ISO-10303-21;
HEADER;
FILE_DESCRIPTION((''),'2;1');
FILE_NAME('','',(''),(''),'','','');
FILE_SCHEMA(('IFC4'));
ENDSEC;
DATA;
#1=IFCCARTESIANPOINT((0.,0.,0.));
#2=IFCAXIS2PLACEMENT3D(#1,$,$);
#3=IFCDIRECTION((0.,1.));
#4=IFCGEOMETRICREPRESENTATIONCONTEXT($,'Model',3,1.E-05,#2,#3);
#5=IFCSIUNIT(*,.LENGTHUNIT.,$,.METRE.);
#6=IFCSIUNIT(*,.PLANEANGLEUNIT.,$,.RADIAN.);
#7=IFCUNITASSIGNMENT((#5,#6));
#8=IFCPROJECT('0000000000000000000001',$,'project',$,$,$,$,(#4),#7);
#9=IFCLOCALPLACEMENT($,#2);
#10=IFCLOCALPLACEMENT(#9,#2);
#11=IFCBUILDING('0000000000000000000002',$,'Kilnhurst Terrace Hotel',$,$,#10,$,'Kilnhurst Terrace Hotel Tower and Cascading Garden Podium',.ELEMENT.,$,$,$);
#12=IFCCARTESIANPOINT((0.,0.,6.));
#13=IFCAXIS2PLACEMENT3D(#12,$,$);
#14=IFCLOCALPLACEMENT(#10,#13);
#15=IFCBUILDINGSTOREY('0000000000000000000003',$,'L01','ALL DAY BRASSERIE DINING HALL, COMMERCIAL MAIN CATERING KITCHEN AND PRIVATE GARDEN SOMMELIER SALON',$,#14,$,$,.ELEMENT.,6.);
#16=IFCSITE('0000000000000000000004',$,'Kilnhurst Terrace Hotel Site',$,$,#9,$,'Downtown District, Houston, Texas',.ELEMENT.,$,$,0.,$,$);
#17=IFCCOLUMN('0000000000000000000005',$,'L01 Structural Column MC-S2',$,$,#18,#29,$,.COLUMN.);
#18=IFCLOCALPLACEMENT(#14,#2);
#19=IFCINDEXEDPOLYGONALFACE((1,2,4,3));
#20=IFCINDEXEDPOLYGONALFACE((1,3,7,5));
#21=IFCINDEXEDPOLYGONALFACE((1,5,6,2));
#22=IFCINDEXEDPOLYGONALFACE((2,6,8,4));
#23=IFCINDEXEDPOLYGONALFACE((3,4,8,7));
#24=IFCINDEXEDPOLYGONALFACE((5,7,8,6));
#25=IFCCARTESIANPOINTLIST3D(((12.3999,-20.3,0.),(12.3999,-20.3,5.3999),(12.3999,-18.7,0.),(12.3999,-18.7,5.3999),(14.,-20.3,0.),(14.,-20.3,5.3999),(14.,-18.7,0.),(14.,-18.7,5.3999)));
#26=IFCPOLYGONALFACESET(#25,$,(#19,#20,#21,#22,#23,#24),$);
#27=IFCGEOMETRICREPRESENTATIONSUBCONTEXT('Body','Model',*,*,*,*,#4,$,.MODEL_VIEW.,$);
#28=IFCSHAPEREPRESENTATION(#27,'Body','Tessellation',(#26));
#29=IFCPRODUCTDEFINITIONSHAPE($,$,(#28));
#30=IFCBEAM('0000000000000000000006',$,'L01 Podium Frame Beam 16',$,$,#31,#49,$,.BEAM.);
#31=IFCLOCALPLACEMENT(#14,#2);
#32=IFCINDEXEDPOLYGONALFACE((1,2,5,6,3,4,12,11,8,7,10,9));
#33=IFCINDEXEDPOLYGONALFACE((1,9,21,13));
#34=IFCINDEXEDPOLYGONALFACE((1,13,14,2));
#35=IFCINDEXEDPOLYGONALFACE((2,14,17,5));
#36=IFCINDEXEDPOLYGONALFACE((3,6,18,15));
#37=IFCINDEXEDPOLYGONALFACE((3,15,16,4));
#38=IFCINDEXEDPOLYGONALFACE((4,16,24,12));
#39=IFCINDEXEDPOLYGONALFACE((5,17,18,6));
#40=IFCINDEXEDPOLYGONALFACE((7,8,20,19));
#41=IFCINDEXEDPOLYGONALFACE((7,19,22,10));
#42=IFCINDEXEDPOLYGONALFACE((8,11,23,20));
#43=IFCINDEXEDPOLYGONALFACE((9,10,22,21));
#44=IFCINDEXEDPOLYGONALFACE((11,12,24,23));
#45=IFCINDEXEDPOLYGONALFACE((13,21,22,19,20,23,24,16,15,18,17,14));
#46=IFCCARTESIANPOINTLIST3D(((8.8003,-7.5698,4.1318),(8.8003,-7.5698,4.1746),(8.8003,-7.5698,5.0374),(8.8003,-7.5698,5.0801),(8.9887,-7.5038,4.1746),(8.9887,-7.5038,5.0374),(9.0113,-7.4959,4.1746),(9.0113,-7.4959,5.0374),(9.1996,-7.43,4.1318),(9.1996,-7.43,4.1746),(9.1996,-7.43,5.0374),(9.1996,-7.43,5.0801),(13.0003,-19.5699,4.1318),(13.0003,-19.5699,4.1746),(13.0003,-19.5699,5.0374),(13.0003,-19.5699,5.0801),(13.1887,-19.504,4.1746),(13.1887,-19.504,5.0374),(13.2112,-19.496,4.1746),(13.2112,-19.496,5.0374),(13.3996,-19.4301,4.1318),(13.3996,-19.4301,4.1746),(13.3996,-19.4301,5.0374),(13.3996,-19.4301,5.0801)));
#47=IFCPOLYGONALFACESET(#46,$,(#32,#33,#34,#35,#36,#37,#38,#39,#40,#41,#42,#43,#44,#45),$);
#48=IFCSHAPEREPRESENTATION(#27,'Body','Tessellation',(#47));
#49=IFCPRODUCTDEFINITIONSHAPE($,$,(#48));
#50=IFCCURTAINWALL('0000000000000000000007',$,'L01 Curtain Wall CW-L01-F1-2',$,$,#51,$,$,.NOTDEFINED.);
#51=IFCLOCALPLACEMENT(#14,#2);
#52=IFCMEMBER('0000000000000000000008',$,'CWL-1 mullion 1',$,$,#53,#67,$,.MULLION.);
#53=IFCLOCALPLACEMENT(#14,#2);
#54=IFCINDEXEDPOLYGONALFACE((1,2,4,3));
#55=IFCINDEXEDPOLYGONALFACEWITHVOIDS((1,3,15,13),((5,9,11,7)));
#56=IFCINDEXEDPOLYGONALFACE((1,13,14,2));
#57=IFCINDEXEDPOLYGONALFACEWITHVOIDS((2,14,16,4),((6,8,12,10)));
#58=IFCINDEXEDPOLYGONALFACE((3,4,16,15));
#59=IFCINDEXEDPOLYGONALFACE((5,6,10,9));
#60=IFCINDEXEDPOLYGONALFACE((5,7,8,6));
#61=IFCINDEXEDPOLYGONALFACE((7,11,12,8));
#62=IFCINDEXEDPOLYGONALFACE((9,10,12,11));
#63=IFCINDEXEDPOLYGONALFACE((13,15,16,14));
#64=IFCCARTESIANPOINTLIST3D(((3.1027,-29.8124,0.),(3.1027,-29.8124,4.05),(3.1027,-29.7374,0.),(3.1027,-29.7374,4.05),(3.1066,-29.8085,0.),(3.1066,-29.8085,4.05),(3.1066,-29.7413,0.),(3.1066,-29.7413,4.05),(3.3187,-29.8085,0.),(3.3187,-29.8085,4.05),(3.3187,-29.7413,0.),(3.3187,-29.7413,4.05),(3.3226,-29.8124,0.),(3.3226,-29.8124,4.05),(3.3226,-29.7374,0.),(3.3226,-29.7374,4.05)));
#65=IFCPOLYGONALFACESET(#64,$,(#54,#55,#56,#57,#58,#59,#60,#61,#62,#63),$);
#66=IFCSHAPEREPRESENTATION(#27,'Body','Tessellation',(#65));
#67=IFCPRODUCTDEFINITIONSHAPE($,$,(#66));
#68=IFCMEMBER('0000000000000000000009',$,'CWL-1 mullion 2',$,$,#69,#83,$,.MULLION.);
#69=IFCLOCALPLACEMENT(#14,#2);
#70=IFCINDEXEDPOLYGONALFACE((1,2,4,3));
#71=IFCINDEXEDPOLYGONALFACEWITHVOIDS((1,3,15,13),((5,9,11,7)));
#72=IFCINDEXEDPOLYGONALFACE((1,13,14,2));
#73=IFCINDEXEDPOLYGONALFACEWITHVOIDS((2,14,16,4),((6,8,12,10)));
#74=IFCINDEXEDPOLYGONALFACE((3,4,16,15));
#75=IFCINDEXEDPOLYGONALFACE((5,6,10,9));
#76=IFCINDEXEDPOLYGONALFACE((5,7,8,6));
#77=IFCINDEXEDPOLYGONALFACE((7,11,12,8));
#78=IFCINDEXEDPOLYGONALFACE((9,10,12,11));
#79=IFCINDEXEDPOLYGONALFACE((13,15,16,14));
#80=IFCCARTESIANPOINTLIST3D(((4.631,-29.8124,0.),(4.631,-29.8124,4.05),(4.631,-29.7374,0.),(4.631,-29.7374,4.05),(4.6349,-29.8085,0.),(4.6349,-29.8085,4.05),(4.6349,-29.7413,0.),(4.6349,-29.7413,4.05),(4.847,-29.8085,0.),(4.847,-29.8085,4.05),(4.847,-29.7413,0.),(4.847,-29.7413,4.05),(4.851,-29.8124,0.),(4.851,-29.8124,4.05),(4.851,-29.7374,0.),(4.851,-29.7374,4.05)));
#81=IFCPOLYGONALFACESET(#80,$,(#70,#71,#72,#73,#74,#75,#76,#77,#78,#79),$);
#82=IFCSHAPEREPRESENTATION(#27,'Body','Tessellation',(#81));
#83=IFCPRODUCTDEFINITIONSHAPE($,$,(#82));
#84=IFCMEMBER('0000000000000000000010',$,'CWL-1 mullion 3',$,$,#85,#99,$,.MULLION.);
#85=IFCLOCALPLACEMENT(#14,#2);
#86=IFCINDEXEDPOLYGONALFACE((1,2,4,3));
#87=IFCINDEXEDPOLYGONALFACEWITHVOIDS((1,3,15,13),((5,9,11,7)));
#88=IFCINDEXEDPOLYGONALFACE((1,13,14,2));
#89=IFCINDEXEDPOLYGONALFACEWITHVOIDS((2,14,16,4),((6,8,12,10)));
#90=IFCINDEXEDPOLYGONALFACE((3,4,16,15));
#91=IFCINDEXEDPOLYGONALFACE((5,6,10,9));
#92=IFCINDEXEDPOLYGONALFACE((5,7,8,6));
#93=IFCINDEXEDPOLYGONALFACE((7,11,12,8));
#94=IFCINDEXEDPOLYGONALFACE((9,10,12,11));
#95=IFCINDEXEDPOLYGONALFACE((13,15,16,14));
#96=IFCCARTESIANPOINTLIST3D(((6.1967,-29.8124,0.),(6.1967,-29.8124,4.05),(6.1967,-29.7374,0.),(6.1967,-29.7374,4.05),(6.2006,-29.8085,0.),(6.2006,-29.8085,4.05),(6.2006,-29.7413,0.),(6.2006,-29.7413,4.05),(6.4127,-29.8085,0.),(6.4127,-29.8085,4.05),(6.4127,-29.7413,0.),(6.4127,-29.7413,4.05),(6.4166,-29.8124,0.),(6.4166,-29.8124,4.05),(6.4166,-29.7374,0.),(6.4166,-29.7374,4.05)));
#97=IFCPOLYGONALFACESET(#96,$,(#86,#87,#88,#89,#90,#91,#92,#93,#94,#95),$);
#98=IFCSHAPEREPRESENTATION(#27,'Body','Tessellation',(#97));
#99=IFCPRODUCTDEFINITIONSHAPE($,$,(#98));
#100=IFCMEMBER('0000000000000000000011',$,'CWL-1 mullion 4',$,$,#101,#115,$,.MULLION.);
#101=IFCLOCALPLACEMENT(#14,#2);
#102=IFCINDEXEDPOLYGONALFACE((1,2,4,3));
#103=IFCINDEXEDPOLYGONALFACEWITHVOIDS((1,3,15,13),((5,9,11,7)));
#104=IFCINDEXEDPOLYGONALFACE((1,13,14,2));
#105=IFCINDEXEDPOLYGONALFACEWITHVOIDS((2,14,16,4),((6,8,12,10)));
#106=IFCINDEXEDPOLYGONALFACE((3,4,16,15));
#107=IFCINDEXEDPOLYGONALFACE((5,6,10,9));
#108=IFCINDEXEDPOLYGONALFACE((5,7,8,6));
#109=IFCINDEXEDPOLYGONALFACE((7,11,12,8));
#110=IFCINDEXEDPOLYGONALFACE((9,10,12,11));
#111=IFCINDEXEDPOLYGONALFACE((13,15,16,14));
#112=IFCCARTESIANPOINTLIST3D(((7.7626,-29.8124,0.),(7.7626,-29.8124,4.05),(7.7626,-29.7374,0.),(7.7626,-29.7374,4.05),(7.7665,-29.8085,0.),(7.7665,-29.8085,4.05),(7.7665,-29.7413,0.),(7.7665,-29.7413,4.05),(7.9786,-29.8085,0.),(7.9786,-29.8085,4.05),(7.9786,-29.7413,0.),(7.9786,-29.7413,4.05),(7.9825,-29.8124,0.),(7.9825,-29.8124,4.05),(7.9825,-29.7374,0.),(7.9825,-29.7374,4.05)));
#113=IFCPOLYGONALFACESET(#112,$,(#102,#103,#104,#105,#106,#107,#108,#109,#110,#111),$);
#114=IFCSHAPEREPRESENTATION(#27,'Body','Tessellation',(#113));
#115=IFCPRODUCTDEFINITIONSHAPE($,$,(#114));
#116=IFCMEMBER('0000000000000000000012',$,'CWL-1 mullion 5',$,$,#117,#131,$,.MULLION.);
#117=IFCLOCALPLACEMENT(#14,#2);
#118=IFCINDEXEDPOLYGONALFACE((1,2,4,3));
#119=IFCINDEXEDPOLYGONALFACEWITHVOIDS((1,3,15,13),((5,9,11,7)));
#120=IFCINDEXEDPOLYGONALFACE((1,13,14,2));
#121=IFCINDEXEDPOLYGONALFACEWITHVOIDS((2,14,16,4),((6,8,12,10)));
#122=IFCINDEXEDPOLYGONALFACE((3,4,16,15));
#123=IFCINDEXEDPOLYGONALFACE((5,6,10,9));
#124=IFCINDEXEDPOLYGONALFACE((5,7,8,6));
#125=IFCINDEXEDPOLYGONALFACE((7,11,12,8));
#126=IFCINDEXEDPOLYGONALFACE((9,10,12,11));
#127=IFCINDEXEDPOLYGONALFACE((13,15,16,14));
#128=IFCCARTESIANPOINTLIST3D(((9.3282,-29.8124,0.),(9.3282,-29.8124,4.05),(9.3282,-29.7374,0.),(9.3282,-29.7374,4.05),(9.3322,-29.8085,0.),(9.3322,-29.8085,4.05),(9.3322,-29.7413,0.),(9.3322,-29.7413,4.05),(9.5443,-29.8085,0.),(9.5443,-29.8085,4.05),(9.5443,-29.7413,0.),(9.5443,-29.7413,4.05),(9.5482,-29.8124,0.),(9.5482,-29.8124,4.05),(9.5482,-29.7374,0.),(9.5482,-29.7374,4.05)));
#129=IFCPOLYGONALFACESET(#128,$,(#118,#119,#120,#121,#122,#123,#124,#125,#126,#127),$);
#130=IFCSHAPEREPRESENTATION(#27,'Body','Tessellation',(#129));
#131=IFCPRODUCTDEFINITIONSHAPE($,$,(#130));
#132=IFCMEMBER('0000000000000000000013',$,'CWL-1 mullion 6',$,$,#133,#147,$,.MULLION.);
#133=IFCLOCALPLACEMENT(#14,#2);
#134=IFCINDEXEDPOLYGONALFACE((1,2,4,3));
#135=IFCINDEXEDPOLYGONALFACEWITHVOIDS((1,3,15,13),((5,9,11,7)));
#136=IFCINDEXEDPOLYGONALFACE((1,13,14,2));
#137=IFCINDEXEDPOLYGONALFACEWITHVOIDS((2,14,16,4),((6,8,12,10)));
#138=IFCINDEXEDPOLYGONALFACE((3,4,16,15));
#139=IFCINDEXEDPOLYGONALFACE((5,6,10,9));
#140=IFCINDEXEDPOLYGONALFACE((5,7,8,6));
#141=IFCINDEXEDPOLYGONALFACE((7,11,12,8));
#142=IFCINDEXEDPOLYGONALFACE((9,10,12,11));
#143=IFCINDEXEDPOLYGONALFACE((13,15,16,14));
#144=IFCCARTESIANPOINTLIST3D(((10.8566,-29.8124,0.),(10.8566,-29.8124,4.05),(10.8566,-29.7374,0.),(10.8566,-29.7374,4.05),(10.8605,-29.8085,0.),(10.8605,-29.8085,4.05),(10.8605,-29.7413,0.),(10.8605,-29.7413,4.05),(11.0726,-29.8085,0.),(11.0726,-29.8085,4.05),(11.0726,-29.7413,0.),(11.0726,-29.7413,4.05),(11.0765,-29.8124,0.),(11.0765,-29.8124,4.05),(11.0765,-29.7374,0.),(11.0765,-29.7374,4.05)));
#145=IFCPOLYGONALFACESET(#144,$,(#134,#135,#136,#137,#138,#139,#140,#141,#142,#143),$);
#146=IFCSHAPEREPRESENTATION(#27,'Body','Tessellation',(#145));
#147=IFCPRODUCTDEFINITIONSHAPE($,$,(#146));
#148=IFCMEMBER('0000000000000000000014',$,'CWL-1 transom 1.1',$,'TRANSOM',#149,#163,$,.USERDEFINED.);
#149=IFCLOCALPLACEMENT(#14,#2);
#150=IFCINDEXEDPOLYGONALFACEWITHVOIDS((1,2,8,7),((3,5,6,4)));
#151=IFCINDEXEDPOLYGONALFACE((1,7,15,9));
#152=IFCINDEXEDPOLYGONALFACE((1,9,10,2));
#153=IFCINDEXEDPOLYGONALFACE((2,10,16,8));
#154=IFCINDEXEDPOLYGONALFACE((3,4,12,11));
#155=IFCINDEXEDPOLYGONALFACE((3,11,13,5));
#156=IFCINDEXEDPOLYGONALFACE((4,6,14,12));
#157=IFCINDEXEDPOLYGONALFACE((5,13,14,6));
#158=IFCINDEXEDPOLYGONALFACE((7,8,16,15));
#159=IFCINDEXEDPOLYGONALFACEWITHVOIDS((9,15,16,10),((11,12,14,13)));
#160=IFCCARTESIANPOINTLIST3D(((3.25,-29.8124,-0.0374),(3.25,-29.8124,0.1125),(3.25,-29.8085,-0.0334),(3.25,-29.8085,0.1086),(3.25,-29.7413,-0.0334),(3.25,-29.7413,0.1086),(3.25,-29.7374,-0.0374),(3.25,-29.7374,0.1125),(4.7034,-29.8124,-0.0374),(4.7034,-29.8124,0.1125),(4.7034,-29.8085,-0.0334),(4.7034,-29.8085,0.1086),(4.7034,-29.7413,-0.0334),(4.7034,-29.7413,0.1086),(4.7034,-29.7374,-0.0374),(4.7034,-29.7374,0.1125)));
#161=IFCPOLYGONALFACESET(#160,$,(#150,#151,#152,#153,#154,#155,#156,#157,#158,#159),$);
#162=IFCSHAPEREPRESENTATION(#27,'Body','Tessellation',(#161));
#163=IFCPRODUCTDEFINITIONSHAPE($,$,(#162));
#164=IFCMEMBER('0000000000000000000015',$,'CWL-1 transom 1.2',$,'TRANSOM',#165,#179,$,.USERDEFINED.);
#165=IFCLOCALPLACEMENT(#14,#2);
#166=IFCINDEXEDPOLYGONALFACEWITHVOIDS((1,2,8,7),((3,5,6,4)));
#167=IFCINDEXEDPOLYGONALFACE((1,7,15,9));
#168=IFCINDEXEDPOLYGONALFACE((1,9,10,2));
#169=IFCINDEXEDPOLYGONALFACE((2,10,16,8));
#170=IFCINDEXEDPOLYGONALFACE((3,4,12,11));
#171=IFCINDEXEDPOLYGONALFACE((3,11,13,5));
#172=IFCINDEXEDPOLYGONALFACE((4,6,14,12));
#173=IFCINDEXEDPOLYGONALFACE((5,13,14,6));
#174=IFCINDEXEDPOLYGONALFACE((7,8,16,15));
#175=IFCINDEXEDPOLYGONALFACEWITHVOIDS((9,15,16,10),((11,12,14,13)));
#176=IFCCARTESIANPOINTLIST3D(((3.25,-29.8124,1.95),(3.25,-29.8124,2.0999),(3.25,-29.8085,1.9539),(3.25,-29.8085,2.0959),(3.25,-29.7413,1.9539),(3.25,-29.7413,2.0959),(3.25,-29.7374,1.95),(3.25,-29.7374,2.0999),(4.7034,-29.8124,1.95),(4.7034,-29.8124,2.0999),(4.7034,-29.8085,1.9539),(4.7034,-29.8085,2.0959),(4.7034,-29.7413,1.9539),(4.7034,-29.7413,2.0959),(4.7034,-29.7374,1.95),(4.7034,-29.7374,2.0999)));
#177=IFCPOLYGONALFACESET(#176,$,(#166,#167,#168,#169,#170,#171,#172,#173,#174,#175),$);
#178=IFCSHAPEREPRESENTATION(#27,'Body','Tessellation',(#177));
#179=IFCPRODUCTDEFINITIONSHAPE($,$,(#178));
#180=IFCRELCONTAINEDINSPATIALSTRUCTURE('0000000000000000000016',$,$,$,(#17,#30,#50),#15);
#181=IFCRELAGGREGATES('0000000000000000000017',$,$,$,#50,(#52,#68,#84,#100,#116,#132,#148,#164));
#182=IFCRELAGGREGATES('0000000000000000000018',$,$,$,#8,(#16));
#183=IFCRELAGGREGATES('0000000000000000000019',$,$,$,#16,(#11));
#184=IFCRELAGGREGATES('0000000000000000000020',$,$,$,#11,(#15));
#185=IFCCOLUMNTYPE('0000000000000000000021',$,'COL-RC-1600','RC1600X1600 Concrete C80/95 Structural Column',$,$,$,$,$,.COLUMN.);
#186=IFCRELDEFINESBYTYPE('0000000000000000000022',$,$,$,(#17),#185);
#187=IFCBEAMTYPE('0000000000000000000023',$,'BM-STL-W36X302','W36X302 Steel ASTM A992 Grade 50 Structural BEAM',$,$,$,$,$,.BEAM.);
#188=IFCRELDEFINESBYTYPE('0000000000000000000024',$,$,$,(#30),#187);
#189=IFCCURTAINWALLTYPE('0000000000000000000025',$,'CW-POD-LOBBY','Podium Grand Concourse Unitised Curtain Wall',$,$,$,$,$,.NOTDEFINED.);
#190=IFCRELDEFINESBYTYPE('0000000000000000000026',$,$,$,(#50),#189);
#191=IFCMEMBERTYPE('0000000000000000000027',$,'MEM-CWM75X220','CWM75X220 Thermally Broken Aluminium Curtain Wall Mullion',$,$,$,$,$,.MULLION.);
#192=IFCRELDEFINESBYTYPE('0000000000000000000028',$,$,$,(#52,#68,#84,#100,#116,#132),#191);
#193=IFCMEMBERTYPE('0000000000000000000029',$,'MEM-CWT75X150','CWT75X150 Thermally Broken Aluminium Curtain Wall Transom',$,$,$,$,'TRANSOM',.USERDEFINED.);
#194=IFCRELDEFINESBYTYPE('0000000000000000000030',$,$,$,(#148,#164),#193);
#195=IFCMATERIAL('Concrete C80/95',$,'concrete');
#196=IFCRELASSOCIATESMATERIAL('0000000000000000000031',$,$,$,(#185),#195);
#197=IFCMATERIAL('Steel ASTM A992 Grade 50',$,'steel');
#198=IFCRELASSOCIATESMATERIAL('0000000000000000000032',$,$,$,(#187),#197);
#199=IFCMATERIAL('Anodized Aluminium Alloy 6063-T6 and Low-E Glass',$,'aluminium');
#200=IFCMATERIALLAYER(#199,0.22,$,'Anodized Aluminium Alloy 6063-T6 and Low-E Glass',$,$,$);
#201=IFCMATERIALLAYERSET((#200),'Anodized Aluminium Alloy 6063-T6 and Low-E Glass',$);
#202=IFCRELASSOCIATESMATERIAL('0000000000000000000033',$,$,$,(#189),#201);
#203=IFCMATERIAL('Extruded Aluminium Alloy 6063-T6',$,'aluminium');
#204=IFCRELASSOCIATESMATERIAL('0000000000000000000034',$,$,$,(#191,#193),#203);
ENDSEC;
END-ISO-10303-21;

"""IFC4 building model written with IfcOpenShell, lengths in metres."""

from ifc_helpers import new_model, si_unit, direction, frame, origin, origin_2d, place, context, subcontext, project, spatial, rectangle, hollow_rectangle, i_section, extrude, material, layer, layer_set, material_profile, profile_set, type_object, element, aggregate, save


model = new_model("IFC4")

# Units and contexts
model_context = context("Model", 3, precision=1e-05, world=origin(), true_north=direction((0.0, 1.0)))
body_context = subcontext(model_context, "Body", "Model", "MODEL_VIEW")
ifc_project = project(units=[si_unit("LENGTHUNIT", "METRE"), si_unit("PLANEANGLEUNIT", "RADIAN")], contexts=[model_context])

# Site, building, storey
site_placement = place(None, origin())
site = spatial("IfcSite", under=ifc_project, at=site_placement, Name="Kilnhurst Terrace Hotel Site", LongName="Downtown District, Houston, Texas", CompositionType="ELEMENT", RefElevation=0.0)
building_placement = place(site_placement, origin())
building = spatial("IfcBuilding", under=site, at=building_placement, Name="Kilnhurst Terrace Hotel", LongName="Kilnhurst Terrace Hotel Tower and Cascading Garden Podium", CompositionType="ELEMENT")
storey_placement = place(building_placement, frame((0.0, 0.0, 6.0)))
storey = spatial("IfcBuildingStorey", under=building, at=storey_placement, Name="L01", Description="ALL DAY BRASSERIE DINING HALL, COMMERCIAL MAIN CATERING KITCHEN AND PRIVATE GARDEN SOMMELIER SALON", CompositionType="ELEMENT", Elevation=6.0)

# Column
ifc_material_1 = material(Name="Concrete C80/95", Category="concrete")
ifc_material_profile_1 = material_profile(ifc_material_1, rectangle(XDim=1.6001, YDim=1.6001, at=origin_2d()), Name="RC1600X1600")
ifc_profile_set_1 = profile_set([ifc_material_profile_1], Name="Concrete C80/95")
column_type = type_object("IfcColumnType", Name="COL-RC-1600", Description="RC1600X1600 Concrete C80/95 Structural Column", PredefinedType="COLUMN", material=ifc_profile_set_1)
column_placement = place(storey_placement, frame((13.2, -19.5, 0.0), z_axis=(0.0, 0.0, 1.0), x_axis=(1.0, 0.0, 0.0)))
element("IfcColumn", 1, at=column_placement, inside=storey, type_object=column_type, Name="L01 Structural Column MC-S2", PredefinedType="COLUMN", context=body_context, shape_type="SweptSolid", body=[
    extrude(rectangle(XDim=1.6001, YDim=1.6001, at=origin_2d()), origin(), (0.0, 0.0, 1.0), 5.3999),
])

# Beam
ifc_material_2 = material(Name="Steel ASTM A992 Grade 50", Category="steel")
ifc_material_profile_2 = material_profile(ifc_material_2, i_section(OverallWidth=0.4231, OverallDepth=0.9482, WebThickness=0.0239, FlangeThickness=0.0427, at=origin_2d()), Name="W36X302")
ifc_profile_set_2 = profile_set([ifc_material_profile_2], Name="Steel ASTM A992 Grade 50")
beam_type = type_object("IfcBeamType", Name="BM-STL-W36X302", Description="W36X302 Steel ASTM A992 Grade 50 Structural BEAM", PredefinedType="BEAM", material=ifc_profile_set_2)
beam_placement = place(storey_placement, frame((13.2, -19.5, 4.606), z_axis=(-0.330347, 0.94386, 0.0), x_axis=(-0.94386, -0.330347, 0.0)))
element("IfcBeam", 2, at=beam_placement, inside=storey, type_object=beam_type, Name="L01 Podium Frame Beam 16", PredefinedType="BEAM", context=body_context, shape_type="SweptSolid", body=[
    extrude(i_section(OverallWidth=0.4231, OverallDepth=0.9482, WebThickness=0.0239, FlangeThickness=0.0427, at=origin_2d()), origin(), (0.0, 0.0, 1.0), 12.7139),
])

# Curtain wall, members
ifc_material_3 = material(Name="Anodized Aluminium Alloy 6063-T6 and Low-E Glass", Category="aluminium")
ifc_layer_1 = layer(ifc_material_3, 0.22, Name="Anodized Aluminium Alloy 6063-T6 and Low-E Glass")
ifc_layer_set_1 = layer_set([ifc_layer_1], Name="Anodized Aluminium Alloy 6063-T6 and Low-E Glass")
curtain_wall_type = type_object("IfcCurtainWallType", Name="CW-POD-LOBBY", Description="Podium Grand Concourse Unitised Curtain Wall", PredefinedType="NOTDEFINED", material=ifc_layer_set_1)
curtain_wall_placement = place(storey_placement, origin())
curtain_wall = element("IfcCurtainWall", 3, at=curtain_wall_placement, inside=storey, type_object=curtain_wall_type, Name="L01 Curtain Wall CW-L01-F1-2", PredefinedType="NOTDEFINED")
ifc_material_4 = material(Name="Extruded Aluminium Alloy 6063-T6", Category="aluminium")
ifc_material_profile_3 = material_profile(ifc_material_4, hollow_rectangle(XDim=0.075, YDim=0.22, WallThickness=0.0039, at=origin_2d()), Name="CWM75X220")
ifc_profile_set_3 = profile_set([ifc_material_profile_3], Name="Extruded Aluminium Alloy 6063-T6")
member_type_1 = type_object("IfcMemberType", Name="MEM-CWM75X220", Description="CWM75X220 Thermally Broken Aluminium Curtain Wall Mullion", PredefinedType="MULLION", material=ifc_profile_set_3)
member_1_placement = place(storey_placement, frame((3.2126, -29.7749, 0.0), z_axis=(0.0, 0.0, 1.0), x_axis=(0.0, 1.0, 0.0)))
member_1 = element("IfcMember", 4, at=member_1_placement, type_object=member_type_1, Name="CWL-1 mullion 1", PredefinedType="MULLION", context=body_context, shape_type="SweptSolid", body=[
    extrude(hollow_rectangle(XDim=0.075, YDim=0.22, WallThickness=0.0039, at=origin_2d()), origin(), (0.0, 0.0, 1.0), 4.05),
])
member_2_placement = place(storey_placement, frame((4.741, -29.7749, 0.0), z_axis=(0.0, 0.0, 1.0), x_axis=(0.0, 1.0, 0.0)))
member_2 = element("IfcMember", 5, at=member_2_placement, type_object=member_type_1, Name="CWL-1 mullion 2", PredefinedType="MULLION", context=body_context, shape_type="SweptSolid", body=[
    extrude(hollow_rectangle(XDim=0.075, YDim=0.22, WallThickness=0.0039, at=origin_2d()), origin(), (0.0, 0.0, 1.0), 4.05),
])
member_3_placement = place(storey_placement, frame((6.3066, -29.7749, 0.0), z_axis=(0.0, 0.0, 1.0), x_axis=(0.0, 1.0, 0.0)))
member_3 = element("IfcMember", 6, at=member_3_placement, type_object=member_type_1, Name="CWL-1 mullion 3", PredefinedType="MULLION", context=body_context, shape_type="SweptSolid", body=[
    extrude(hollow_rectangle(XDim=0.075, YDim=0.22, WallThickness=0.0039, at=origin_2d()), origin(), (0.0, 0.0, 1.0), 4.05),
])
member_4_placement = place(storey_placement, frame((7.8726, -29.7749, 0.0), z_axis=(0.0, 0.0, 1.0), x_axis=(0.0, 1.0, 0.0)))
member_4 = element("IfcMember", 7, at=member_4_placement, type_object=member_type_1, Name="CWL-1 mullion 4", PredefinedType="MULLION", context=body_context, shape_type="SweptSolid", body=[
    extrude(hollow_rectangle(XDim=0.075, YDim=0.22, WallThickness=0.0039, at=origin_2d()), origin(), (0.0, 0.0, 1.0), 4.05),
])
member_5_placement = place(storey_placement, frame((9.4382, -29.7749, 0.0), z_axis=(0.0, 0.0, 1.0), x_axis=(0.0, 1.0, 0.0)))
member_5 = element("IfcMember", 8, at=member_5_placement, type_object=member_type_1, Name="CWL-1 mullion 5", PredefinedType="MULLION", context=body_context, shape_type="SweptSolid", body=[
    extrude(hollow_rectangle(XDim=0.075, YDim=0.22, WallThickness=0.0039, at=origin_2d()), origin(), (0.0, 0.0, 1.0), 4.05),
])
member_6_placement = place(storey_placement, frame((10.9666, -29.7749, 0.0), z_axis=(0.0, 0.0, 1.0), x_axis=(0.0, 1.0, 0.0)))
member_6 = element("IfcMember", 9, at=member_6_placement, type_object=member_type_1, Name="CWL-1 mullion 6", PredefinedType="MULLION", context=body_context, shape_type="SweptSolid", body=[
    extrude(hollow_rectangle(XDim=0.075, YDim=0.22, WallThickness=0.0039, at=origin_2d()), origin(), (0.0, 0.0, 1.0), 4.05),
])
ifc_material_profile_4 = material_profile(ifc_material_4, hollow_rectangle(XDim=0.075, YDim=0.1499, WallThickness=0.0039, at=origin_2d()), Name="CWT75X150")
ifc_profile_set_4 = profile_set([ifc_material_profile_4], Name="Extruded Aluminium Alloy 6063-T6")
member_type_2 = type_object("IfcMemberType", Name="MEM-CWT75X150", Description="CWT75X150 Thermally Broken Aluminium Curtain Wall Transom", ElementType="TRANSOM", PredefinedType="USERDEFINED", material=ifc_profile_set_4)
member_7_placement = place(storey_placement, frame((3.25, -29.7749, 0.0376), z_axis=(1.0, 0.0, 0.0), x_axis=(0.0, 1.0, 0.0)))
member_7 = element("IfcMember", 10, at=member_7_placement, type_object=member_type_2, Name="CWL-1 transom 1.1", ObjectType="TRANSOM", PredefinedType="USERDEFINED", context=body_context, shape_type="SweptSolid", body=[
    extrude(hollow_rectangle(XDim=0.075, YDim=0.1499, WallThickness=0.0039, at=origin_2d()), origin(), (0.0, 0.0, 1.0), 1.4534),
])
member_8_placement = place(storey_placement, frame((3.25, -29.7749, 2.0249), z_axis=(1.0, 0.0, 0.0), x_axis=(0.0, 1.0, 0.0)))
member_8 = element("IfcMember", 11, at=member_8_placement, type_object=member_type_2, Name="CWL-1 transom 1.2", ObjectType="TRANSOM", PredefinedType="USERDEFINED", context=body_context, shape_type="SweptSolid", body=[
    extrude(hollow_rectangle(XDim=0.075, YDim=0.1499, WallThickness=0.0039, at=origin_2d()), origin(), (0.0, 0.0, 1.0), 1.4534),
])
aggregate(curtain_wall, [member_1, member_2, member_3, member_4, member_5, member_6, member_7, member_8])

save(model, "model.ifc")
